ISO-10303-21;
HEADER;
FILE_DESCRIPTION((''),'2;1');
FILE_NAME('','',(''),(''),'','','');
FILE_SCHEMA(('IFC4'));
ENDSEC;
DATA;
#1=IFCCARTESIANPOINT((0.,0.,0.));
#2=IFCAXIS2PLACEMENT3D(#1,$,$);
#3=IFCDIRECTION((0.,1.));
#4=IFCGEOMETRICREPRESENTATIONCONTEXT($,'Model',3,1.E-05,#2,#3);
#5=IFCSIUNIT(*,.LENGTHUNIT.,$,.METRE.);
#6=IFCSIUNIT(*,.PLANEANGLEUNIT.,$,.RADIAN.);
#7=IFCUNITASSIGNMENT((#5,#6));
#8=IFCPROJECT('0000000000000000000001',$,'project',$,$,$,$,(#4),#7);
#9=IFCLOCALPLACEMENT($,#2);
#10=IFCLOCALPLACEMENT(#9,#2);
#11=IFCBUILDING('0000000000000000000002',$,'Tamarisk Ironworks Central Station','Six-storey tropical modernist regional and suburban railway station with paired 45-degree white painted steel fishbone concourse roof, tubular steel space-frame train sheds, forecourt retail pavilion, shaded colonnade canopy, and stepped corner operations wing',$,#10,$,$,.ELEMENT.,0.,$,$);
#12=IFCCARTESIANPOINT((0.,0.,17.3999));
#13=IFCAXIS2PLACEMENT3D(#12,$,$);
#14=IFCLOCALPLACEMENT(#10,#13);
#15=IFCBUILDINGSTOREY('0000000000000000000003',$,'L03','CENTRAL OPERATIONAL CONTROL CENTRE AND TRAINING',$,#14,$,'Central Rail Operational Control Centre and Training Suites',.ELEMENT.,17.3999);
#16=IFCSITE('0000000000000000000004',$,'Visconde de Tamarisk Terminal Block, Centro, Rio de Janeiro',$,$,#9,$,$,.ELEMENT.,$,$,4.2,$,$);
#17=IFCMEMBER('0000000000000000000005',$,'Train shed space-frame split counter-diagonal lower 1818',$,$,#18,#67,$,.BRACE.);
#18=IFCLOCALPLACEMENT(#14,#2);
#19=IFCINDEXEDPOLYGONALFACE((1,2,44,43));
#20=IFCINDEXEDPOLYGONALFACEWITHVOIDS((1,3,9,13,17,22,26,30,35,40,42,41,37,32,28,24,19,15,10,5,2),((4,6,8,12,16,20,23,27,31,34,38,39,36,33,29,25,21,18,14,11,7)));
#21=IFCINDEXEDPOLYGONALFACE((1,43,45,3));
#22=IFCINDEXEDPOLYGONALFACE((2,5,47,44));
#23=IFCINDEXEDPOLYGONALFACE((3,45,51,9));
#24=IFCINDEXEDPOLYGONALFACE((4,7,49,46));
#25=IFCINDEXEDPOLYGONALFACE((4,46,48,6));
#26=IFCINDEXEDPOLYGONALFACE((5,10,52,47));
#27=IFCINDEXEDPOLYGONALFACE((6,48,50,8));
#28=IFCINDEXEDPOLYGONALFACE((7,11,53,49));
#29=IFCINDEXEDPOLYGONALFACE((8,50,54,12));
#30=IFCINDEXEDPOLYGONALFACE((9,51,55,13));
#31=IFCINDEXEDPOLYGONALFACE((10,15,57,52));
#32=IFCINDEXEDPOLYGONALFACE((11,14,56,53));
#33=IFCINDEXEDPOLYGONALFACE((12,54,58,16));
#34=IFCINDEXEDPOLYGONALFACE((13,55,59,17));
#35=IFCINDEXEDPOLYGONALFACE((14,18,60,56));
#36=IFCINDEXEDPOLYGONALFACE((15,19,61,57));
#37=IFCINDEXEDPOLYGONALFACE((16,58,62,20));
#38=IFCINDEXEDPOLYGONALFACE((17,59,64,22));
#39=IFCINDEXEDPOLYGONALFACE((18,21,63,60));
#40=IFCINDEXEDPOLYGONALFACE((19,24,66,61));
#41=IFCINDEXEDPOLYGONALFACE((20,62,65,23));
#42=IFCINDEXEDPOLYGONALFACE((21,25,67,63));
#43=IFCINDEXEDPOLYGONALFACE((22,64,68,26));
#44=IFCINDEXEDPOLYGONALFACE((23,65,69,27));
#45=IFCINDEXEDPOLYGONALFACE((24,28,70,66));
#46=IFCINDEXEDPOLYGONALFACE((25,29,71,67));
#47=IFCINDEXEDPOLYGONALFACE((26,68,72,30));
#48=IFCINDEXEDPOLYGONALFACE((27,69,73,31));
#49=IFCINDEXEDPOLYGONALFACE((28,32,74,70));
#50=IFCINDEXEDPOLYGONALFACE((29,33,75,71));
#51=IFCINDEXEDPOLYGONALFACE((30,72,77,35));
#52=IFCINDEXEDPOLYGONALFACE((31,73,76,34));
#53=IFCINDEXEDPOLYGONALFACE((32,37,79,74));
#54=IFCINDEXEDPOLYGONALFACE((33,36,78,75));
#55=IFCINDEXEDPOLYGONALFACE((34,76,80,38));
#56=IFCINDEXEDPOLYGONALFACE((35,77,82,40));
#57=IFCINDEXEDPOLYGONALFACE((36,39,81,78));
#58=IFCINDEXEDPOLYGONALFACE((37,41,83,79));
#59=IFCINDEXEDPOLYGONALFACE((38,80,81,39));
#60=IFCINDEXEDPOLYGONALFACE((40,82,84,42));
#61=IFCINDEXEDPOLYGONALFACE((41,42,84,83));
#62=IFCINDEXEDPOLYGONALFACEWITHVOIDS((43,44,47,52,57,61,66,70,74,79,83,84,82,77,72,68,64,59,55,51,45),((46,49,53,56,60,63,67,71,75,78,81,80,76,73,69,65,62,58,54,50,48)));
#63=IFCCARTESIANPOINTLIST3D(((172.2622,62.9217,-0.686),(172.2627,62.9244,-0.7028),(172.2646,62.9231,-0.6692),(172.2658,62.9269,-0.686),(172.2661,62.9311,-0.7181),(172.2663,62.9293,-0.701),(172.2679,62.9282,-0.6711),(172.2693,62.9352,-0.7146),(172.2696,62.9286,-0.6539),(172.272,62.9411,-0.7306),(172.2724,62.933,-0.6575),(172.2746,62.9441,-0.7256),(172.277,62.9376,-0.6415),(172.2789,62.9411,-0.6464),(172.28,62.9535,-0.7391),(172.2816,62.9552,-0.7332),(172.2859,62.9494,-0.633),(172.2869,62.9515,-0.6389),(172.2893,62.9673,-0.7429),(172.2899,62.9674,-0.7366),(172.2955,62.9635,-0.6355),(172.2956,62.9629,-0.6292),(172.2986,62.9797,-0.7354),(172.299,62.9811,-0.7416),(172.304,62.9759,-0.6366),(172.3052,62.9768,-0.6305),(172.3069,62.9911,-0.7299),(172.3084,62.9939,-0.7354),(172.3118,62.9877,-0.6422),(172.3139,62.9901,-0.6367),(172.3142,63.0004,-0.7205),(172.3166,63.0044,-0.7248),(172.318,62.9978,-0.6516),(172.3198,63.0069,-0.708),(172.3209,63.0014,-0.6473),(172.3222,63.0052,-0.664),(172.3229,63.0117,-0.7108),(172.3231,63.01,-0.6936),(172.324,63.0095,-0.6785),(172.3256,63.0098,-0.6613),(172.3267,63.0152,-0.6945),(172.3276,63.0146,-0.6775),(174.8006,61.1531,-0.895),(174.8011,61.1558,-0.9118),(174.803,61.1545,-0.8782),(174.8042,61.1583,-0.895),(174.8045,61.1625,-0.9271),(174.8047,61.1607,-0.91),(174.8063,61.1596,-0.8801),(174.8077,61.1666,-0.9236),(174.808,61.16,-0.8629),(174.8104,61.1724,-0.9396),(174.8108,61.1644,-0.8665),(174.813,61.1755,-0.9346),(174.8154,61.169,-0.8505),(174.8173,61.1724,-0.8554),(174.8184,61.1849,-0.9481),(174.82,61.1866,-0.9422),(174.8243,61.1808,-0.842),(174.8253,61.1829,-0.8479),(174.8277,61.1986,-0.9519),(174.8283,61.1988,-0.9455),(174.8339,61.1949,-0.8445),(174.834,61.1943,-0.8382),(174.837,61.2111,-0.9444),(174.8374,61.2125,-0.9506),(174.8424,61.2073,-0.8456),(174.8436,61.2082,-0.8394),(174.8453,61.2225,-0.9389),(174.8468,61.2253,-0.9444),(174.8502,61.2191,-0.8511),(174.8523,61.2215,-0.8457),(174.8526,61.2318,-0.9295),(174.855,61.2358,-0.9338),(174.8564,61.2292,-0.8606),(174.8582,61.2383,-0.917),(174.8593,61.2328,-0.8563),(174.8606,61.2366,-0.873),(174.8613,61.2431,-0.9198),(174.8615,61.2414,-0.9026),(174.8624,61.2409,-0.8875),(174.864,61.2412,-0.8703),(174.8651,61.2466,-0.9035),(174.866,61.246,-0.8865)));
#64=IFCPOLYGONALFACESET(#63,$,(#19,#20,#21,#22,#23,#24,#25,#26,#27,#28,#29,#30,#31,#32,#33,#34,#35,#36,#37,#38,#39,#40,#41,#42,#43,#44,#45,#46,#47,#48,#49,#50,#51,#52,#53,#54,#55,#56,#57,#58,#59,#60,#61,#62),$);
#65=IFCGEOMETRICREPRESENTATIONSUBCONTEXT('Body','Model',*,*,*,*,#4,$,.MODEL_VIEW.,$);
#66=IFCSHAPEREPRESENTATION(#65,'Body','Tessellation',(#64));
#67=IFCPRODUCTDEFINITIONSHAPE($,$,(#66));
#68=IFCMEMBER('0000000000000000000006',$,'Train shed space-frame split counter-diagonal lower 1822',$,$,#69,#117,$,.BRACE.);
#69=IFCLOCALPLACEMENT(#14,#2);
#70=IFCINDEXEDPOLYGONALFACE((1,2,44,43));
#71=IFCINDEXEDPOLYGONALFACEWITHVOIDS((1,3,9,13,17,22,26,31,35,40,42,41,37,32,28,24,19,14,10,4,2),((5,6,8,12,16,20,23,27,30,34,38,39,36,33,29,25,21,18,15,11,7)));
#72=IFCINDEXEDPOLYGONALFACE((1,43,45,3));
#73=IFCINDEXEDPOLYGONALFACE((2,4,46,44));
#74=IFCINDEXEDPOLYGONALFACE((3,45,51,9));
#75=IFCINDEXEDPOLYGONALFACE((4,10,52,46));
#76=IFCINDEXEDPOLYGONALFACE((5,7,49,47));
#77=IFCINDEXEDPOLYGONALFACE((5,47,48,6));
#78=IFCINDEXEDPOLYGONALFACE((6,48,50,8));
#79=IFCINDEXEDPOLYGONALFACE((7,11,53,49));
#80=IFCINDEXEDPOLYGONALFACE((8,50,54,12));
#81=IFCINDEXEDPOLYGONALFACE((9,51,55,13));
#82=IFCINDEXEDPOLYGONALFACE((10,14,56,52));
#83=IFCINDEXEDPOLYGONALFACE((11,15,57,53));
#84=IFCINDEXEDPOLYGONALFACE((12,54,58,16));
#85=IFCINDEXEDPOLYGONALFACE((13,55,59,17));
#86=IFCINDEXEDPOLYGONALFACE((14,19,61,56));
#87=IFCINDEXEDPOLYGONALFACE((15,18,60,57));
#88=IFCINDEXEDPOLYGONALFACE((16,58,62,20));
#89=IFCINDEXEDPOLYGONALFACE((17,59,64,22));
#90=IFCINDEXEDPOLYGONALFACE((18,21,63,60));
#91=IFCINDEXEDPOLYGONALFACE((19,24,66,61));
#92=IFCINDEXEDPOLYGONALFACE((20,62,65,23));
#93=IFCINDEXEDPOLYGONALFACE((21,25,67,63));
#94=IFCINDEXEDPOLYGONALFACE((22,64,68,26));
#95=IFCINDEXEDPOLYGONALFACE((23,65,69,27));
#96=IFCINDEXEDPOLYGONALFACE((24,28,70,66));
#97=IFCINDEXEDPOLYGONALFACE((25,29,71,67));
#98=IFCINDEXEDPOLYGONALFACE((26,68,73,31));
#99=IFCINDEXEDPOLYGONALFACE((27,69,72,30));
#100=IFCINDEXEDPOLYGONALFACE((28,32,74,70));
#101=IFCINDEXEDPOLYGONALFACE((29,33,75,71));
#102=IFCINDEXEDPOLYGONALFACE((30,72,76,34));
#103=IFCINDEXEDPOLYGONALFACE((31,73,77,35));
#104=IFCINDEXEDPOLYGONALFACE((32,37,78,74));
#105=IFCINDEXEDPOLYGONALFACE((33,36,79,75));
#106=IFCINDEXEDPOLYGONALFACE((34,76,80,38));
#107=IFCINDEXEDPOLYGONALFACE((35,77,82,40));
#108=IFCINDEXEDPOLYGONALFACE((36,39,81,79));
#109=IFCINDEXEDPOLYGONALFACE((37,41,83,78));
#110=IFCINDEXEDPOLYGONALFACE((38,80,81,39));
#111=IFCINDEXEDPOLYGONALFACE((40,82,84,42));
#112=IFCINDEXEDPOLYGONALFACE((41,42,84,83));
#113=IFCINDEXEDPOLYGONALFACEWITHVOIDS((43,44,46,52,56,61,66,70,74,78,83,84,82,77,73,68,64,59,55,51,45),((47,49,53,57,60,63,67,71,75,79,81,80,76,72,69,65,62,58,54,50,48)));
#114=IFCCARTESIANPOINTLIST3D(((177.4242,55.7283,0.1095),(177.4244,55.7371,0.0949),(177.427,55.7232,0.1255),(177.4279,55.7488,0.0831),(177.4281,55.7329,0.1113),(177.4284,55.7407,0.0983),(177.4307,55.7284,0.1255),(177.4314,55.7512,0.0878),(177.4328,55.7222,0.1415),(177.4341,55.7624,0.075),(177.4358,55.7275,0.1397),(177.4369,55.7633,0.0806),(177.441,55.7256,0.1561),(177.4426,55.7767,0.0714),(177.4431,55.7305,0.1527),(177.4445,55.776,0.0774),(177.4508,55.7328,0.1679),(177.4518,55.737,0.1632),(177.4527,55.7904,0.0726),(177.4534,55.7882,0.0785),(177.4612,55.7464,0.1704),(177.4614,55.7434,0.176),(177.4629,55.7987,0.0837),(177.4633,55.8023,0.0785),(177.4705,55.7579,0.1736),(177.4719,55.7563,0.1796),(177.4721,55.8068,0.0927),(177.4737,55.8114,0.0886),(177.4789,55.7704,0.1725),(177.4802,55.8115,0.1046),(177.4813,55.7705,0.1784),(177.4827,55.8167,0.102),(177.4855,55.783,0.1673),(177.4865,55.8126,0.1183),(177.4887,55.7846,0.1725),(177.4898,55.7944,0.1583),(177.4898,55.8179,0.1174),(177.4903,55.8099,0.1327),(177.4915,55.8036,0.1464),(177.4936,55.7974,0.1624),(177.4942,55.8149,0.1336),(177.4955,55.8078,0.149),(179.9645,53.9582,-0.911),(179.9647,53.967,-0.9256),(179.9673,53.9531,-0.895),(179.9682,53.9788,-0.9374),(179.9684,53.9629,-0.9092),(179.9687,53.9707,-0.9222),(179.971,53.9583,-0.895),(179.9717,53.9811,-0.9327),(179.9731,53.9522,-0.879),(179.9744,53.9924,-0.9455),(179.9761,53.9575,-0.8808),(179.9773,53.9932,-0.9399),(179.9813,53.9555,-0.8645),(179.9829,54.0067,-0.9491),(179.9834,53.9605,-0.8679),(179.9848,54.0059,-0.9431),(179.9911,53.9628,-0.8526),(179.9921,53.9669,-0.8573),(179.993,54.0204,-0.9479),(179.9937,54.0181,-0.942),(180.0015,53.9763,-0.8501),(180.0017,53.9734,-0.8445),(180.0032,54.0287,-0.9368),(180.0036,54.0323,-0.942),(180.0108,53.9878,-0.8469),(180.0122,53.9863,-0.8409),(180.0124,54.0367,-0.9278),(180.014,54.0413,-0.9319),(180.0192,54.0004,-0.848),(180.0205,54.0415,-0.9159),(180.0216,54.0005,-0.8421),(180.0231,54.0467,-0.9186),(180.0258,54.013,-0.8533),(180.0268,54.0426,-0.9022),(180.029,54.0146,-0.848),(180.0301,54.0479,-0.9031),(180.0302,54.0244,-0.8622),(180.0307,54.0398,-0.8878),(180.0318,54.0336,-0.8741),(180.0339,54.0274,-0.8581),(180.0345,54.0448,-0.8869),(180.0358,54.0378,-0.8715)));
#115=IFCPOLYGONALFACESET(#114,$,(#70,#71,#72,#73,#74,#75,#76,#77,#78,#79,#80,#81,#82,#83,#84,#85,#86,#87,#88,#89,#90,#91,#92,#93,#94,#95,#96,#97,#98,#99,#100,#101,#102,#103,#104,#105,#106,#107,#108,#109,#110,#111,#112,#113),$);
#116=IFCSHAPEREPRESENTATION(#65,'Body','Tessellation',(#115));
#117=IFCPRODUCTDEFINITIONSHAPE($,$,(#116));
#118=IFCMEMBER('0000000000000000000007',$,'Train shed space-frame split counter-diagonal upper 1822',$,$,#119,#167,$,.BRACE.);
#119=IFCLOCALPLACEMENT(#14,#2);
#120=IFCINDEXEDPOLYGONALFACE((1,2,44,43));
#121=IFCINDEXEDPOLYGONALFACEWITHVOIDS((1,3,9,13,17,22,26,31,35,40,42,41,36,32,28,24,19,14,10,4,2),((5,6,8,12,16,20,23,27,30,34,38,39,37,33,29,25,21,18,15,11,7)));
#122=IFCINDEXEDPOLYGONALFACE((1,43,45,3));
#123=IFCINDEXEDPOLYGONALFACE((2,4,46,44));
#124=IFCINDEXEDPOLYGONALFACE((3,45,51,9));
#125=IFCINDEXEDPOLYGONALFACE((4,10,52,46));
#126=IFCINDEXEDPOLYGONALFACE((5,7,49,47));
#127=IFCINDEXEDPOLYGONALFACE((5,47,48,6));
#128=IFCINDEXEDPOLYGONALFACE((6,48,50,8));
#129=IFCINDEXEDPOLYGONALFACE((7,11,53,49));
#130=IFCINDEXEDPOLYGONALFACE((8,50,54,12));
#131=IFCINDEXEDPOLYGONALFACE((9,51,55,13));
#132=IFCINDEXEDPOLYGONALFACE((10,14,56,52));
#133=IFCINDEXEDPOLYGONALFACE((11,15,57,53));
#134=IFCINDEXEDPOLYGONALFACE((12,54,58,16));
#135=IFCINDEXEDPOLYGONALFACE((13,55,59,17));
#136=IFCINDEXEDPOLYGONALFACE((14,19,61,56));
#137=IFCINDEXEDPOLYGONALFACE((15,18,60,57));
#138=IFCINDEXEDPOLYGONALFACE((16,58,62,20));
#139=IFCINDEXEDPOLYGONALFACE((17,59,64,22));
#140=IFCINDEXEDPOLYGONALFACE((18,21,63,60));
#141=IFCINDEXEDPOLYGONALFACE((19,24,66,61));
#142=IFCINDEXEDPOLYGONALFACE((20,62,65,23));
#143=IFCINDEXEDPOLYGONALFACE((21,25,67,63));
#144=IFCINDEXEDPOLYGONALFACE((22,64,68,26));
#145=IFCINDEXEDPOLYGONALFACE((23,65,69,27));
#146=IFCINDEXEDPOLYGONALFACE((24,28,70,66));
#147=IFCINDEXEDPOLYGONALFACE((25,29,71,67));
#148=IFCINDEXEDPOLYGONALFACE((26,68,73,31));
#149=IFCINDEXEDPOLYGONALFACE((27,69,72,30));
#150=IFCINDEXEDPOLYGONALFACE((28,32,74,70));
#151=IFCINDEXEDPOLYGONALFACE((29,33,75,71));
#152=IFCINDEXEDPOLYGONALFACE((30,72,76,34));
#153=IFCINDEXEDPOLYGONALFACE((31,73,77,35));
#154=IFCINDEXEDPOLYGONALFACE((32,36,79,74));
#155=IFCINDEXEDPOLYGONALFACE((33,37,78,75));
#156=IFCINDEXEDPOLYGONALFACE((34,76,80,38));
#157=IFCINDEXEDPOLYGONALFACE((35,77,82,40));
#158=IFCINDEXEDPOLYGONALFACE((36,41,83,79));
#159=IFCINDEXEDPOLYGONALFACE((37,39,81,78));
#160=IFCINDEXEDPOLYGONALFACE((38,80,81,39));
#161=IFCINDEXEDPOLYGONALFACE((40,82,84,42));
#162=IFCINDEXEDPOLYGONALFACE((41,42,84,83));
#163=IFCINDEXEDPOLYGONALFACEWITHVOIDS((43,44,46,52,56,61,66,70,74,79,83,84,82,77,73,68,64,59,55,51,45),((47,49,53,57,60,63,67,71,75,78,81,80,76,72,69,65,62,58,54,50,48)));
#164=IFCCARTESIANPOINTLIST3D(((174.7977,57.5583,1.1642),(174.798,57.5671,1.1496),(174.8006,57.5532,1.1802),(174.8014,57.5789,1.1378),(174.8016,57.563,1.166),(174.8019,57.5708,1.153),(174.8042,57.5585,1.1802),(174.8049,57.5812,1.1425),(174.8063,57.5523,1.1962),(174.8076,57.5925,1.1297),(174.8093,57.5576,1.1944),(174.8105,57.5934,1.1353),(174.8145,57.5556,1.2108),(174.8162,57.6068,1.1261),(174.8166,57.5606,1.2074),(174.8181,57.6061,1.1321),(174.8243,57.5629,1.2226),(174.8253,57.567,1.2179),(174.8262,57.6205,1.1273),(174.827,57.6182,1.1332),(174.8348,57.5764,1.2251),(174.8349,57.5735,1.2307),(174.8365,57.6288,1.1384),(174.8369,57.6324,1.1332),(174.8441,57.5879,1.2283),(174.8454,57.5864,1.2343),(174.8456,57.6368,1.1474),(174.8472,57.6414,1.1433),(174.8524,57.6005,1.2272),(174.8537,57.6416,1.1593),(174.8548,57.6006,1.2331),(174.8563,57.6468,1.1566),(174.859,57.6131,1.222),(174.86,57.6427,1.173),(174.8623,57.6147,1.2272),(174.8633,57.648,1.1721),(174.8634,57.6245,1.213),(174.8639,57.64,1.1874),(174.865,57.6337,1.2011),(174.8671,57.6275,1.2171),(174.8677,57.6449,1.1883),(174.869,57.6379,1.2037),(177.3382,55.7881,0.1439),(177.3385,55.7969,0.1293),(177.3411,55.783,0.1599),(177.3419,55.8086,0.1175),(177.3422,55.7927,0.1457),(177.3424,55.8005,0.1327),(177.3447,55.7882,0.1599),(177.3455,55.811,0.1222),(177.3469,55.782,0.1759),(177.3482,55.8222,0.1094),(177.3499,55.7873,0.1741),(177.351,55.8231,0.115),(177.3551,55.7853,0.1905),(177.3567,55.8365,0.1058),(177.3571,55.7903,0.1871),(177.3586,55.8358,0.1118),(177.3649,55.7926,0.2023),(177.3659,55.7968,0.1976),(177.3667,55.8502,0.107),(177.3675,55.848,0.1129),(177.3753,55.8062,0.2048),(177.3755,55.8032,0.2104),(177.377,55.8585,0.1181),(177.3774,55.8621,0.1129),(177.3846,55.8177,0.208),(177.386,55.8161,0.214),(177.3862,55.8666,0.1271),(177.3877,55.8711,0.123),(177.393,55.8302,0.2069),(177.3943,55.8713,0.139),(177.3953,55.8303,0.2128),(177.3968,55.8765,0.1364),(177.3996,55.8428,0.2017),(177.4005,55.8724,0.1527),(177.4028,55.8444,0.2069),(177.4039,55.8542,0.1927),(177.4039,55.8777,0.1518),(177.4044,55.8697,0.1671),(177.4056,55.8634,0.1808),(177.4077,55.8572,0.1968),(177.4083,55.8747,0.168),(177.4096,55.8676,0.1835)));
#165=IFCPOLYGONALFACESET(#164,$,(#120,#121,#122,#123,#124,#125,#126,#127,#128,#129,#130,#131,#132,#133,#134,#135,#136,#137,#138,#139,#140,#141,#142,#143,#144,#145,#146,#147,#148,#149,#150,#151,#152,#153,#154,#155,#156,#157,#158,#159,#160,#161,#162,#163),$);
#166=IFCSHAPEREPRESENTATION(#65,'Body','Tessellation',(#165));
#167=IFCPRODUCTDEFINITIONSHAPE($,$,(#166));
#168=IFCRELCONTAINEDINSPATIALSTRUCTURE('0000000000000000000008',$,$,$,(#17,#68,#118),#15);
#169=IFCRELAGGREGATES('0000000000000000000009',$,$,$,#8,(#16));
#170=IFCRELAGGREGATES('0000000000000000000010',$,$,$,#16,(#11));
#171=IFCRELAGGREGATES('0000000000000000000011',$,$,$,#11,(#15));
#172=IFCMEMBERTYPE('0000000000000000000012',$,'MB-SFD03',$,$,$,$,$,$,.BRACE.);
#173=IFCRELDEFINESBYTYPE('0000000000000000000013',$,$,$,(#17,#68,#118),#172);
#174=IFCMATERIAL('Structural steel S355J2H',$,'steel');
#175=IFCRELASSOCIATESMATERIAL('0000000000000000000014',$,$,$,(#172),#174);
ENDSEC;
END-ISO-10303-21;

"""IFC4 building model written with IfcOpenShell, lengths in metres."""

from ifc_helpers import new_model, si_unit, direction, frame, origin, origin_2d, place, context, subcontext, project, spatial, hollow_circle, extrude, material, material_profile, profile_set, type_object, element, save


model = new_model("IFC4")

# Units and contexts
model_context = context("Model", 3, precision=1e-05, world=origin(), true_north=direction((0.0, 1.0)))
body_context = subcontext(model_context, "Body", "Model", "MODEL_VIEW")
ifc_project = project(units=[si_unit("LENGTHUNIT", "METRE"), si_unit("PLANEANGLEUNIT", "RADIAN")], contexts=[model_context])

# Site, building, storey
site_placement = place(None, origin())
site = spatial("IfcSite", under=ifc_project, at=site_placement, Name="Visconde de Tamarisk Terminal Block, Centro, Rio de Janeiro", CompositionType="ELEMENT", RefElevation=4.2)
building_placement = place(site_placement, origin())
building = spatial("IfcBuilding", under=site, at=building_placement, Name="Tamarisk Ironworks Central Station", Description="Six-storey tropical modernist regional and suburban railway station with paired 45-degree white painted steel fishbone concourse roof, tubular steel space-frame train sheds, forecourt retail pavilion, shaded colonnade canopy, and stepped corner operations wing", CompositionType="ELEMENT", ElevationOfRefHeight=0.0)
storey_placement = place(building_placement, frame((0.0, 0.0, 17.3999)))
storey = spatial("IfcBuildingStorey", under=building, at=storey_placement, Name="L03", Description="CENTRAL OPERATIONAL CONTROL CENTRE AND TRAINING", LongName="Central Rail Operational Control Centre and Training Suites", CompositionType="ELEMENT", Elevation=17.3999)

# Members
ifc_material = material(Name="Structural steel S355J2H", Category="steel")
ifc_material_profile_1 = material_profile(ifc_material, hollow_circle(Radius=0.0571, WallThickness=0.0063, at=origin_2d()), Name="CHS 114.3x6.3")
ifc_profile_set_1 = profile_set([ifc_material_profile_1], Name="Structural steel S355J2H")
member_type_1 = type_object("IfcMemberType", Name="MB-SFD03", PredefinedType="BRACE", material=ifc_profile_set_1)
for number, where, z_axis, x_axis, name in (
    (1, (174.8333, 61.2, -0.895), (-0.818621, 0.570366, 0.067398), (-0.571666, -0.820487, 0.0), "Train shed space-frame split counter-diagonal lower 1818"),
):
    element("IfcMember", number, at=place(storey_placement, frame(where, z_axis=z_axis, x_axis=x_axis)), inside=storey, type_object=member_type_1, Name=name, PredefinedType="BRACE", context=body_context, shape_type="SweptSolid", body=[
        extrude(hollow_circle(Radius=0.0571, WallThickness=0.0063, at=origin_2d()), origin(), (0.0, 0.0, 1.0), 3.1008),
    ])
member_1_placement = place(storey_placement, frame((180.0, 54.0, -0.895), z_axis=(-0.779234, 0.542955, 0.313042), x_axis=(-0.571688, -0.820471, 0.0)))
element("IfcMember", 2, at=member_1_placement, inside=storey, type_object=member_type_1, Name="Train shed space-frame split counter-diagonal lower 1822", PredefinedType="BRACE", context=body_context, shape_type="SweptSolid", body=[
    extrude(hollow_circle(Radius=0.0571, WallThickness=0.0063, at=origin_2d()), origin(), (0.0, 0.0, 1.0), 3.26),
])
member_2_placement = place(storey_placement, frame((177.3738, 55.8298, 0.1599), z_axis=(-0.77925, 0.542989, 0.312943), x_axis=(-0.571704, -0.82046, 0.0)))
element("IfcMember", 3, at=member_2_placement, inside=storey, type_object=member_type_1, Name="Train shed space-frame split counter-diagonal upper 1822", PredefinedType="BRACE", context=body_context, shape_type="SweptSolid", body=[
    extrude(hollow_circle(Radius=0.0571, WallThickness=0.0063, at=origin_2d()), origin(), (0.0, 0.0, 1.0), 3.2603),
])

save(model, "model.ifc")
